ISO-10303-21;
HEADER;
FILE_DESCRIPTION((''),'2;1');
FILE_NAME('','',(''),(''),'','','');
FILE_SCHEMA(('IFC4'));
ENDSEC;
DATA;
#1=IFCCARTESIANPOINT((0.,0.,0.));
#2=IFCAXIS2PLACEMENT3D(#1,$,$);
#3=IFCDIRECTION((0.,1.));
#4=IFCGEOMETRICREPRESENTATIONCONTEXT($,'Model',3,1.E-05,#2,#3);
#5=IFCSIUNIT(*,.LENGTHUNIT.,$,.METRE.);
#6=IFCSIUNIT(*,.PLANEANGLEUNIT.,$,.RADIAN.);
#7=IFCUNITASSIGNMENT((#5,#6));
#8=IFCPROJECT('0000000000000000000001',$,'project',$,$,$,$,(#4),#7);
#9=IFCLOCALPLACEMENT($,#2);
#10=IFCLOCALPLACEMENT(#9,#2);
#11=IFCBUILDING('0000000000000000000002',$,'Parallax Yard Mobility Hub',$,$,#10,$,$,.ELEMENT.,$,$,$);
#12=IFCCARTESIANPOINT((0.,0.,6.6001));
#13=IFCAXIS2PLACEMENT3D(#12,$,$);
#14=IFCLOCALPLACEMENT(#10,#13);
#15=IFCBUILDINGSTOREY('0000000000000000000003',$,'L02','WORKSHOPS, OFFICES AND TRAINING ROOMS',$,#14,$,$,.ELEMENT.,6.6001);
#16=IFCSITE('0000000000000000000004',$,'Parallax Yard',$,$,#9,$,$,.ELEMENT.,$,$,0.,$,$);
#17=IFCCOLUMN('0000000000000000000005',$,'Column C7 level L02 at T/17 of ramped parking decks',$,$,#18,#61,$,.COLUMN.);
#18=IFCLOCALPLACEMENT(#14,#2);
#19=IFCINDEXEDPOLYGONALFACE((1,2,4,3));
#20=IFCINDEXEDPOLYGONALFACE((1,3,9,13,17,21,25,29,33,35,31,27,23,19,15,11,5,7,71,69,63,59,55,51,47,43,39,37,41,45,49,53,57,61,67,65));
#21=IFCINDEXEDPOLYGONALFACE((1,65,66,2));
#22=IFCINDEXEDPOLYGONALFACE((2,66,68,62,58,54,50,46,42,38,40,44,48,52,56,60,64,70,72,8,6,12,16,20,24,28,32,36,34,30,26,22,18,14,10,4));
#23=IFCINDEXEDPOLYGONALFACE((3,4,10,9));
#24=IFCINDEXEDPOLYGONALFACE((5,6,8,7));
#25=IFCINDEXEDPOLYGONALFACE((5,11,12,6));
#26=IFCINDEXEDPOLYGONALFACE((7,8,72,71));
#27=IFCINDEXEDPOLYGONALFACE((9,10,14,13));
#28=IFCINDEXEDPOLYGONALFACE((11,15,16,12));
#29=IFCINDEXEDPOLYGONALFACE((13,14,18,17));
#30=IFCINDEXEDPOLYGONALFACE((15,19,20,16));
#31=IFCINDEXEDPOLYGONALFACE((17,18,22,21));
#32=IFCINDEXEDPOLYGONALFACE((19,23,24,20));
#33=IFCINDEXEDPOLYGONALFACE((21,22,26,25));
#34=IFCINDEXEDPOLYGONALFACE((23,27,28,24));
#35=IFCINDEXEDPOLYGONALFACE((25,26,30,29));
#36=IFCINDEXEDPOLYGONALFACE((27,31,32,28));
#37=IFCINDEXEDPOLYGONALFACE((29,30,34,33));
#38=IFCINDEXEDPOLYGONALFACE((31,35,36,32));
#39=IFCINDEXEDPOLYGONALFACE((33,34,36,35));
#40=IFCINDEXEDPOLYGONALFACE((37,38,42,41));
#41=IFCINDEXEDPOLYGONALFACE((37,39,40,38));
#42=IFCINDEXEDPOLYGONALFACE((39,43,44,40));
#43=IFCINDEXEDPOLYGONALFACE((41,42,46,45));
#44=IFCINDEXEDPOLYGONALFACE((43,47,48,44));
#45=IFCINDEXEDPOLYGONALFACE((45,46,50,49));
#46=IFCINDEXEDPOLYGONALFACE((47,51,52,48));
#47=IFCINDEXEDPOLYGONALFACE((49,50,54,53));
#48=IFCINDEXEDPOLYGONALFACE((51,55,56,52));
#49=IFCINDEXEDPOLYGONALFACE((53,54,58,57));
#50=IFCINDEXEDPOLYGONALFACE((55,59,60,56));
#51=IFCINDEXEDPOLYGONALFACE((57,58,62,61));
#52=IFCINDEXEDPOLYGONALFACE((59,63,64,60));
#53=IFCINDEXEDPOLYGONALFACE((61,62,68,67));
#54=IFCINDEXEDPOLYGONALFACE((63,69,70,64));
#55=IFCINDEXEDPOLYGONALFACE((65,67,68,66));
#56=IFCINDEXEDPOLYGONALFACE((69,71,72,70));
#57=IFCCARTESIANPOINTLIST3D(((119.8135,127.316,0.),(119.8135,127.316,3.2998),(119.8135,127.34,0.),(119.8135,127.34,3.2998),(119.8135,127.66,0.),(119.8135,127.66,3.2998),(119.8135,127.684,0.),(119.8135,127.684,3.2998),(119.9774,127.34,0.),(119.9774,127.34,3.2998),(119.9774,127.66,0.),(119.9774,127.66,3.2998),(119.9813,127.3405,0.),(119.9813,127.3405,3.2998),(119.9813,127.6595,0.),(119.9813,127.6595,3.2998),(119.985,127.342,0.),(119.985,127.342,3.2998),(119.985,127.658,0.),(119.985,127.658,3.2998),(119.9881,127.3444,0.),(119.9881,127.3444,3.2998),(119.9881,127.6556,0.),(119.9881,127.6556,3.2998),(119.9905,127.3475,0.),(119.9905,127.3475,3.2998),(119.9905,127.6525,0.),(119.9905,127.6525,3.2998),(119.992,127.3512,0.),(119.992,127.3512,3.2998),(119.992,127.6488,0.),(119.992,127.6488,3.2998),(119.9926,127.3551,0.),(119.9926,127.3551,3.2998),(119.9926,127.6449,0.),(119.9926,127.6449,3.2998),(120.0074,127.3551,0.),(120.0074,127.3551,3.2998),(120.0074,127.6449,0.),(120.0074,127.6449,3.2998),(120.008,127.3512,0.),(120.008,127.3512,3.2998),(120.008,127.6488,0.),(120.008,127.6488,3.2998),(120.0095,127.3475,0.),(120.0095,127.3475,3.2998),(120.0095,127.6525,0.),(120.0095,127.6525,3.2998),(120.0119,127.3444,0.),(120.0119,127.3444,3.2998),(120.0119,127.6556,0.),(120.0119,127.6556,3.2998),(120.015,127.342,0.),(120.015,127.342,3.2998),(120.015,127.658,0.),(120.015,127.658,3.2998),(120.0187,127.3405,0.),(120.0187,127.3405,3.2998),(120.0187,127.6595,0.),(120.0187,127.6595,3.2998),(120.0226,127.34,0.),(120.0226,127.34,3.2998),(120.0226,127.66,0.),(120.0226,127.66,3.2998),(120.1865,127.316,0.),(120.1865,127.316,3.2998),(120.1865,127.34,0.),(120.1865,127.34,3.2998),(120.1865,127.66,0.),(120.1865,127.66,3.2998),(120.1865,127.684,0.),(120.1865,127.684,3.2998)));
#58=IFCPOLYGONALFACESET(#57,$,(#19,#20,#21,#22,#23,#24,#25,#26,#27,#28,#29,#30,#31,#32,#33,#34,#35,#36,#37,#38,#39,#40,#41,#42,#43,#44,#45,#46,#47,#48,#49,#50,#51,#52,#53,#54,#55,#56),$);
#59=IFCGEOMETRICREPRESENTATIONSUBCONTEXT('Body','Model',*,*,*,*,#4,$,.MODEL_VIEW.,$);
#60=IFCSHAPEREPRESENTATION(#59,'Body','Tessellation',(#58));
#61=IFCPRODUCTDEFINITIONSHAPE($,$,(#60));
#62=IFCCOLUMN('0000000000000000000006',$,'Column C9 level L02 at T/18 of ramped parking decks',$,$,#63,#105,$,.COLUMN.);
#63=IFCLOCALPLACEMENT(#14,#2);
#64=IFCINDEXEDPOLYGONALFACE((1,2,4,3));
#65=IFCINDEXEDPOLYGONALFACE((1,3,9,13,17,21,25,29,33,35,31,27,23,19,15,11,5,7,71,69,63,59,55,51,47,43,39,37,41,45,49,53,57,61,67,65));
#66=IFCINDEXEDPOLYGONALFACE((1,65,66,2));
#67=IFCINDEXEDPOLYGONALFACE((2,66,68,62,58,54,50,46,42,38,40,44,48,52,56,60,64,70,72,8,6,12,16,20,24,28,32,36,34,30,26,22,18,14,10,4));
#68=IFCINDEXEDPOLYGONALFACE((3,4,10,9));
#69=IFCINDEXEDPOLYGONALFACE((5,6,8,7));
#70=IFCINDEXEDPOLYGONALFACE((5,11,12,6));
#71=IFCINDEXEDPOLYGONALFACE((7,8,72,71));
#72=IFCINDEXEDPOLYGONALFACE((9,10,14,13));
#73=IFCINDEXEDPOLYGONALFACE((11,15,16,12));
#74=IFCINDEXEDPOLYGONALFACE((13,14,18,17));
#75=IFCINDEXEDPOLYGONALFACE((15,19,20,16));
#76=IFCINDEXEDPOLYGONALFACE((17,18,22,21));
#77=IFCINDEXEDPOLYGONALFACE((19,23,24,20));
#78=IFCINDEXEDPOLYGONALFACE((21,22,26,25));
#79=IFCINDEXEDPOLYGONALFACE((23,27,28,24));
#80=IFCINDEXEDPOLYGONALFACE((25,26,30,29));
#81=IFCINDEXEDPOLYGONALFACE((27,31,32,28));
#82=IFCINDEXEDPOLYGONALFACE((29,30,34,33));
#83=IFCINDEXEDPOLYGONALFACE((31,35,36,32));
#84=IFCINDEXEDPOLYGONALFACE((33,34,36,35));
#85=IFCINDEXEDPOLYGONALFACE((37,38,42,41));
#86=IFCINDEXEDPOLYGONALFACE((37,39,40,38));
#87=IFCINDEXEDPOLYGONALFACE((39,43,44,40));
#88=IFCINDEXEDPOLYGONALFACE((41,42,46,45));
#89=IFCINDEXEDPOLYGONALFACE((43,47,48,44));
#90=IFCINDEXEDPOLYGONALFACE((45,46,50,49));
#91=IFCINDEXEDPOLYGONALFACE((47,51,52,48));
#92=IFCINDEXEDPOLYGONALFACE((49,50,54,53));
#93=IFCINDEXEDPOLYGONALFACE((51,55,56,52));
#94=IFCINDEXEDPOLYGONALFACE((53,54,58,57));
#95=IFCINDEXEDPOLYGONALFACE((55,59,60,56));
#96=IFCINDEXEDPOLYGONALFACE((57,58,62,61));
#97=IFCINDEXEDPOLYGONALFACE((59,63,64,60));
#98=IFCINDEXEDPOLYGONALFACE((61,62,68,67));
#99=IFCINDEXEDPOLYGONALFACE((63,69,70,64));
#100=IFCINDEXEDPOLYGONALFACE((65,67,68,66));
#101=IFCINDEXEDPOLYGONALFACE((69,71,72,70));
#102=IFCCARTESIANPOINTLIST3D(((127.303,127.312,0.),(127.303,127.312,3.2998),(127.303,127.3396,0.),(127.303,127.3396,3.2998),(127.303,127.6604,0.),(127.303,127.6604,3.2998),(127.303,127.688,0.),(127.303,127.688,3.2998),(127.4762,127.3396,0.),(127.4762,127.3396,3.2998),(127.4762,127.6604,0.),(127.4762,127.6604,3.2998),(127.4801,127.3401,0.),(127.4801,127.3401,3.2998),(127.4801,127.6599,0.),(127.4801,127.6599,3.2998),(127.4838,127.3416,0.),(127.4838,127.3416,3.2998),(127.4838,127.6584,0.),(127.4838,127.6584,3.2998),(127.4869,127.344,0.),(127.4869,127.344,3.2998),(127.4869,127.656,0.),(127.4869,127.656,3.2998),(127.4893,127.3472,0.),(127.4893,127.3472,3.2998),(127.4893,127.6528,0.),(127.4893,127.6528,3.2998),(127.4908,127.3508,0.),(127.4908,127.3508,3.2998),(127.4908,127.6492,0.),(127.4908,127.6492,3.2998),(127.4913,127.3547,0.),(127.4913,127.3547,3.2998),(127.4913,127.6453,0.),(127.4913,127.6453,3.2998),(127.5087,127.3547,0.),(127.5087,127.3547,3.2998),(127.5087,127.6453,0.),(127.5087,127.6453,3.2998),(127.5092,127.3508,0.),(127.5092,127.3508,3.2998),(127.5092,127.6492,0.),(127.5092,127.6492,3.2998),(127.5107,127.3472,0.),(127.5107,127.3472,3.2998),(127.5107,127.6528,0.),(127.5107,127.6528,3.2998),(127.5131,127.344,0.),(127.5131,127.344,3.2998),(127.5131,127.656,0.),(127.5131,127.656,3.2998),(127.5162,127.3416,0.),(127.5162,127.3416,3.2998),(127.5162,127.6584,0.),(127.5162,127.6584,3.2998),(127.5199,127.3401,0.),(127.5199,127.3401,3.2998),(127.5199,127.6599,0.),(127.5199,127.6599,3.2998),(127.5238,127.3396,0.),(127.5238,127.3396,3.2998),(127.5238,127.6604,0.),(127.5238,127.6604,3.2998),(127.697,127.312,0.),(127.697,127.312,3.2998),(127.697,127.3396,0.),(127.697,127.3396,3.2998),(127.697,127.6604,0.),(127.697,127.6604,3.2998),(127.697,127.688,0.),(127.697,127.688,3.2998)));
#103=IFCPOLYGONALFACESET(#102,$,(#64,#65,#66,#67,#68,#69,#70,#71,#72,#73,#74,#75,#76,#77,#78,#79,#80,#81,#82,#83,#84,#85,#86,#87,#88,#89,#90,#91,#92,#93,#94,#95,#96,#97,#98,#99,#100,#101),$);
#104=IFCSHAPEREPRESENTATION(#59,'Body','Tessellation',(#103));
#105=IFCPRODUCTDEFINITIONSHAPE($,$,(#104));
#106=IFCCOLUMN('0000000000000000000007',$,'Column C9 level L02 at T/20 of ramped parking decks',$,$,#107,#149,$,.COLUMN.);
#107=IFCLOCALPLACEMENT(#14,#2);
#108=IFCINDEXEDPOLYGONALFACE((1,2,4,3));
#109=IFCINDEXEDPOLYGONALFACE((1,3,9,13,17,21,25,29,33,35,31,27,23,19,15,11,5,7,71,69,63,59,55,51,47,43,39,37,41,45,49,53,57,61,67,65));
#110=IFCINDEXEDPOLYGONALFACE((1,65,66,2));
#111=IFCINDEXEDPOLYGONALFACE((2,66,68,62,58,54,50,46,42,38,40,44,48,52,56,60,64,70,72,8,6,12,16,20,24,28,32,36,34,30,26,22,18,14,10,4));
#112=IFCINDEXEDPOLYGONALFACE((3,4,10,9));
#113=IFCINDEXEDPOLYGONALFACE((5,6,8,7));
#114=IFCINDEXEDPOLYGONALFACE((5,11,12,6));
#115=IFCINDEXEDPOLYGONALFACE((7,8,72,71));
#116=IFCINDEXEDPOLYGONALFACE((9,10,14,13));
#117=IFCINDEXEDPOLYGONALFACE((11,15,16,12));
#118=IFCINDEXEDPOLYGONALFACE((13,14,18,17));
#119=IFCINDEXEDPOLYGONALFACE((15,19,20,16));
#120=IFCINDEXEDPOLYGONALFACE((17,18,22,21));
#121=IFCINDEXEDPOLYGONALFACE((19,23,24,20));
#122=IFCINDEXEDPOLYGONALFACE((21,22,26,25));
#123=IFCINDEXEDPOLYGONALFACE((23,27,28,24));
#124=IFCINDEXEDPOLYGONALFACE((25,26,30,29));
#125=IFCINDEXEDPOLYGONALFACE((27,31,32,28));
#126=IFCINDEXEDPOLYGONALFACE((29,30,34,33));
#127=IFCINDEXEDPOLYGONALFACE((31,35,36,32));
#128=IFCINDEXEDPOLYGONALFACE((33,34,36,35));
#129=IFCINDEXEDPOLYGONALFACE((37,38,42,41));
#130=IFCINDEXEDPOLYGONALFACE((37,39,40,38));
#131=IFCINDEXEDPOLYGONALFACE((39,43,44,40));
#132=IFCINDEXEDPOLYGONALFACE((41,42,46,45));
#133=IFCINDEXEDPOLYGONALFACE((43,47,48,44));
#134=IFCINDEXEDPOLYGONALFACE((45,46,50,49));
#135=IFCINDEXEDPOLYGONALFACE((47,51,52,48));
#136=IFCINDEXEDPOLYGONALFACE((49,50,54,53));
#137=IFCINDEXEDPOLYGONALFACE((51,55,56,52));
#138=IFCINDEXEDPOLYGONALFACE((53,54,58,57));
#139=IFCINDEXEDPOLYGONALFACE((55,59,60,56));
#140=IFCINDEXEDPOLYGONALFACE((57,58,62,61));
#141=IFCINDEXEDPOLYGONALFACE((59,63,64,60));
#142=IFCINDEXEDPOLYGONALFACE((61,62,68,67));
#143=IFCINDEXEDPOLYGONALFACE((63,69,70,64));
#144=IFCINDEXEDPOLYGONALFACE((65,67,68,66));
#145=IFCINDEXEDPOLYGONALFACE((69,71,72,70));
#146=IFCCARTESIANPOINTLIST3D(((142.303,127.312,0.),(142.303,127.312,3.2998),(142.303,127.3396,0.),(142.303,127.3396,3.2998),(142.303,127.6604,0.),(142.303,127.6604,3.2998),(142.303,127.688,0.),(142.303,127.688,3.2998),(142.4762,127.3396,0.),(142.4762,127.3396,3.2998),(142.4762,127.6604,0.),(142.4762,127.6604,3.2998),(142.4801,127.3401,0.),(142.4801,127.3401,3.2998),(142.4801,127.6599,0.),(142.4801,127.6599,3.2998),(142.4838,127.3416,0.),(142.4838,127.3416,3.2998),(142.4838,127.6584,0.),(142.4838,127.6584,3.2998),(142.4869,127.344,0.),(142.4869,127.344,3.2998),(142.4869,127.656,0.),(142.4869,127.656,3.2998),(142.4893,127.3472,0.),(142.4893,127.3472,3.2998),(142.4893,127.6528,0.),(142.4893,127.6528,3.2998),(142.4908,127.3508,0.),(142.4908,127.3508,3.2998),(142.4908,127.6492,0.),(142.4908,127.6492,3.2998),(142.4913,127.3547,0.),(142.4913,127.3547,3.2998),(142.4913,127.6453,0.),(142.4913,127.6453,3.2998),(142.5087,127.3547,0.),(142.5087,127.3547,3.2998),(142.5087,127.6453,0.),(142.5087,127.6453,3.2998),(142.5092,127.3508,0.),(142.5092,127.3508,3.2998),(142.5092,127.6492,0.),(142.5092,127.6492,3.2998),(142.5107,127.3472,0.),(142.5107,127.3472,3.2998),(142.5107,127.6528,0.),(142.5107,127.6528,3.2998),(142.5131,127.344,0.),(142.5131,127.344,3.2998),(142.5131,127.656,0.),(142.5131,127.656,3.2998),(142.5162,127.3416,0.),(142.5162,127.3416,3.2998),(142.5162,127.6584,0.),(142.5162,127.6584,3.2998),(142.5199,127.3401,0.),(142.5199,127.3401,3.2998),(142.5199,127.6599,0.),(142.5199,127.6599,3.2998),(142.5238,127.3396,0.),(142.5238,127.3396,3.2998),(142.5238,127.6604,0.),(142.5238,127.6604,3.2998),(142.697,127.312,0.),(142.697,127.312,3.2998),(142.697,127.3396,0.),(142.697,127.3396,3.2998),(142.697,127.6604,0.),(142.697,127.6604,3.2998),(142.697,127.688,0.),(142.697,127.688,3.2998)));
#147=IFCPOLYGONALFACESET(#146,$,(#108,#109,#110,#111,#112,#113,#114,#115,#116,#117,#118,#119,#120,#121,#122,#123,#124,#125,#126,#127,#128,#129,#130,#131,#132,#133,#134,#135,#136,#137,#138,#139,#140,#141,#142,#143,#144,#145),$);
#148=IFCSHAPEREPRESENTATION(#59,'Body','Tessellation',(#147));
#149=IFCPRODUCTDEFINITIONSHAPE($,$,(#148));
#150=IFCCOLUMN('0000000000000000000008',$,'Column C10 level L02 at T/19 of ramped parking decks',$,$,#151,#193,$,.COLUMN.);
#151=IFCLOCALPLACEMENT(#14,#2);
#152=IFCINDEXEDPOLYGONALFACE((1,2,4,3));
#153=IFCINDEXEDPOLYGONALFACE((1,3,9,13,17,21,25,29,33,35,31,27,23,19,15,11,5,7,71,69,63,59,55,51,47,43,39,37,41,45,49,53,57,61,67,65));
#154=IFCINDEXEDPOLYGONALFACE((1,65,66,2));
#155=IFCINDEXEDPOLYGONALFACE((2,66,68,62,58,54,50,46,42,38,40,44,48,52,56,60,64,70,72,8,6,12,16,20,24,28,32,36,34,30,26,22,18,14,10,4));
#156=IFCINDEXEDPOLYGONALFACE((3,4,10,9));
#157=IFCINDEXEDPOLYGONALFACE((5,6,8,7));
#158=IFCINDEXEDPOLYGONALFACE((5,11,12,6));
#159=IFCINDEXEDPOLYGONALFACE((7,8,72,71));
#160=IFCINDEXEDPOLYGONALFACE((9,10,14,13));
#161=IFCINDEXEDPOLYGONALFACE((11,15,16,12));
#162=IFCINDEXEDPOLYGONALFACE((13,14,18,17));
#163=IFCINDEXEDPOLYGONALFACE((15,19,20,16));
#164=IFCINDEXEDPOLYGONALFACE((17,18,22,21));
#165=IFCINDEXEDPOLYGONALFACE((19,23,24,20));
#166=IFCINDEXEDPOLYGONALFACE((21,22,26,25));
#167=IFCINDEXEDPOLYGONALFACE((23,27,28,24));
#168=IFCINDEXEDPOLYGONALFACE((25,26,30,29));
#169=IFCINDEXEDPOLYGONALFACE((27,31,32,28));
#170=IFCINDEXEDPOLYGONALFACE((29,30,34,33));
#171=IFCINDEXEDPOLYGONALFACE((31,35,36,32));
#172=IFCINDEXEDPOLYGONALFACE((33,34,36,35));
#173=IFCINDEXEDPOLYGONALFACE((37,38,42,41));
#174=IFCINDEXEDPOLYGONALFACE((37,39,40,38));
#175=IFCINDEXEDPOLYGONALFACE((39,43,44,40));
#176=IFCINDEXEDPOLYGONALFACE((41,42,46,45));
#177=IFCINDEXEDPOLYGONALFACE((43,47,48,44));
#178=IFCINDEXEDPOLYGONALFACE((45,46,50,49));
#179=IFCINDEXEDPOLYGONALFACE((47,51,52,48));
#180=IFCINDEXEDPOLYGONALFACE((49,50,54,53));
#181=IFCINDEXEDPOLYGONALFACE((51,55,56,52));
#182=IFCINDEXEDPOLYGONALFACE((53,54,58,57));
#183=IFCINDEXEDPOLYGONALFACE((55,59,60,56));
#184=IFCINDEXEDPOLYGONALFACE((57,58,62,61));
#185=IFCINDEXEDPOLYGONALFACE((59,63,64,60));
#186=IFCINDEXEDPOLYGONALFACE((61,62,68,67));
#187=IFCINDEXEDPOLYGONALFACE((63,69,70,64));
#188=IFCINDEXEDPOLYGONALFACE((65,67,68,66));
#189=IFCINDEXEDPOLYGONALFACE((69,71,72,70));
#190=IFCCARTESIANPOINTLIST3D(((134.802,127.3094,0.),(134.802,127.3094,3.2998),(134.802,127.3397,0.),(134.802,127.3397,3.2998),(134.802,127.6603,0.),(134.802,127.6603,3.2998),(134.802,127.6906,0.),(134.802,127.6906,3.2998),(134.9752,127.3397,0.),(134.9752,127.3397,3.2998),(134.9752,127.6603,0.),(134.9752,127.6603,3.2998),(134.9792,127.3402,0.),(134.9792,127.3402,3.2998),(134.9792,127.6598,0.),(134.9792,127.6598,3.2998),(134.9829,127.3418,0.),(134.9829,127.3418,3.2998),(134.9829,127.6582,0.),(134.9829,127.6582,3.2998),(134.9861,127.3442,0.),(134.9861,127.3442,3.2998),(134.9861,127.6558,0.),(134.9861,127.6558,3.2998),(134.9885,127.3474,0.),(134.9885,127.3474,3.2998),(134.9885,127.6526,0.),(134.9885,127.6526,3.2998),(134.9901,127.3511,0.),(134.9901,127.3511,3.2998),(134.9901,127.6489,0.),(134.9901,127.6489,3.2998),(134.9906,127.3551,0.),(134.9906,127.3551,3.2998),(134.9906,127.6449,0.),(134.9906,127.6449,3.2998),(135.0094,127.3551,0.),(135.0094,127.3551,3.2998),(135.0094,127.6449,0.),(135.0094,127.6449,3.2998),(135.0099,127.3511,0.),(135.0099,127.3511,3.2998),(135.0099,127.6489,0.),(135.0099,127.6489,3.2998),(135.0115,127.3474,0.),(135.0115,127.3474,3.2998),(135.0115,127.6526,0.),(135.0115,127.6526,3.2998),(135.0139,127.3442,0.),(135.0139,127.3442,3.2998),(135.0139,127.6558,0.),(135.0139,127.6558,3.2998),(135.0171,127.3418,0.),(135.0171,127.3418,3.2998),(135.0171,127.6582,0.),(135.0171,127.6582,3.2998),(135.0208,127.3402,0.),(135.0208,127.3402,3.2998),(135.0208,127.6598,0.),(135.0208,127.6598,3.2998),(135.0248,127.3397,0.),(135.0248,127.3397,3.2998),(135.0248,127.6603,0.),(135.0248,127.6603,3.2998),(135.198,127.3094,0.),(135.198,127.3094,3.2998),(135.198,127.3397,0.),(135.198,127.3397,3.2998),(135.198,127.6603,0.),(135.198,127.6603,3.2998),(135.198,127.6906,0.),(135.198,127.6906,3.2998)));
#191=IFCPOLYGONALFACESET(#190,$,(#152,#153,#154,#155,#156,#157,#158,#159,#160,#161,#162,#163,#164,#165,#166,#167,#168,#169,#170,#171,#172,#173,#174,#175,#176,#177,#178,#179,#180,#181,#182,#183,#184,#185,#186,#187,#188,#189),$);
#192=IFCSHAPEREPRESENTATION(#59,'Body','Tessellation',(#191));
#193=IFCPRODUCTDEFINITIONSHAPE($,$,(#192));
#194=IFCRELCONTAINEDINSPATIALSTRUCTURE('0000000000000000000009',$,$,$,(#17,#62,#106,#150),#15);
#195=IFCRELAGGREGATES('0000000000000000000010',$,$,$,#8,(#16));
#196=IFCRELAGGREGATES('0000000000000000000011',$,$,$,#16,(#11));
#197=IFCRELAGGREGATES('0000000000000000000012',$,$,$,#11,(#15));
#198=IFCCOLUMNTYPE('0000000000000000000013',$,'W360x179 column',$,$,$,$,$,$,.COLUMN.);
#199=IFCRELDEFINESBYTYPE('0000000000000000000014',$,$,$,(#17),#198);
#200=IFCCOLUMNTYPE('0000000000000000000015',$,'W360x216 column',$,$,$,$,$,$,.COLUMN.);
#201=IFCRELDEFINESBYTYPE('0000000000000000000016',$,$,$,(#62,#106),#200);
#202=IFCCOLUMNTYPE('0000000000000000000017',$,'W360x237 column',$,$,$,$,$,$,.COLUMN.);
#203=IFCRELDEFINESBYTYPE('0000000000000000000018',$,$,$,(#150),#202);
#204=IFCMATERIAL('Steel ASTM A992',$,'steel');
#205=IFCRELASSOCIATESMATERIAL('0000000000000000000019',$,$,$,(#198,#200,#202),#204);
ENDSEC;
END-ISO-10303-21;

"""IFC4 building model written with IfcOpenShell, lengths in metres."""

from ifc_helpers import new_model, si_unit, direction, frame, origin, origin_2d, place, context, subcontext, project, spatial, i_section, extrude, material, material_profile, profile_set, type_object, element, save


model = new_model("IFC4")

# Units and contexts
model_context = context("Model", 3, precision=1e-05, world=origin(), true_north=direction((0.0, 1.0)))
body_context = subcontext(model_context, "Body", "Model", "MODEL_VIEW")
ifc_project = project(units=[si_unit("LENGTHUNIT", "METRE"), si_unit("PLANEANGLEUNIT", "RADIAN")], contexts=[model_context])

# Site, building, storey
site_placement = place(None, origin())
site = spatial("IfcSite", under=ifc_project, at=site_placement, Name="Parallax Yard", CompositionType="ELEMENT", RefElevation=0.0)
building_placement = place(site_placement, origin())
building = spatial("IfcBuilding", under=site, at=building_placement, Name="Parallax Yard Mobility Hub", CompositionType="ELEMENT")
storey_placement = place(building_placement, frame((0.0, 0.0, 6.6001)))
storey = spatial("IfcBuildingStorey", under=building, at=storey_placement, Name="L02", Description="WORKSHOPS, OFFICES AND TRAINING ROOMS", CompositionType="ELEMENT", Elevation=6.6001)

# Columns
ifc_material_1 = material(Name="Steel ASTM A992", Category="steel")
ifc_material_profile_1 = material_profile(ifc_material_1, i_section(OverallWidth=0.373, OverallDepth=0.3679, WebThickness=0.0149, FlangeThickness=0.0239, FilletRadius=0.0151, at=origin_2d()), Name="W360x179")
ifc_profile_set_1 = profile_set([ifc_material_profile_1], Name="Steel ASTM A992")
column_type_1 = type_object("IfcColumnType", Name="W360x179 column", PredefinedType="COLUMN", material=ifc_profile_set_1)
column_1_placement = place(storey_placement, frame((120.0, 127.5, 0.0), z_axis=(0.0, 0.0, 1.0), x_axis=(1.0, 0.0, 0.0)))
element("IfcColumn", 1, at=column_1_placement, inside=storey, type_object=column_type_1, Name="Column C7 level L02 at T/17 of ramped parking decks", PredefinedType="COLUMN", context=body_context, shape_type="SweptSolid", body=[
    extrude(i_section(OverallWidth=0.373, OverallDepth=0.3679, WebThickness=0.0149, FlangeThickness=0.0239, FilletRadius=0.0151, at=origin_2d()), origin(), (0.0, 0.0, 1.0), 3.2998),
])
ifc_material_profile_2 = material_profile(ifc_material_1, i_section(OverallWidth=0.394, OverallDepth=0.376, WebThickness=0.0173, FlangeThickness=0.0276, FilletRadius=0.0151, at=origin_2d()), Name="W360x216")
ifc_profile_set_2 = profile_set([ifc_material_profile_2], Name="Steel ASTM A992")
column_type_2 = type_object("IfcColumnType", Name="W360x216 column", PredefinedType="COLUMN", material=ifc_profile_set_2)
for number, where, z_axis, x_axis, name in (
    (2, (127.5, 127.5, 0.0), (0.0, 0.0, 1.0), (1.0, 0.0, 0.0), "Column C9 level L02 at T/18 of ramped parking decks"),
    (3, (142.5, 127.5, 0.0), (0.0, 0.0, 1.0), (1.0, 0.0, 0.0), "Column C9 level L02 at T/20 of ramped parking decks"),
):
    element("IfcColumn", number, at=place(storey_placement, frame(where, z_axis=z_axis, x_axis=x_axis)), inside=storey, type_object=column_type_2, Name=name, PredefinedType="COLUMN", context=body_context, shape_type="SweptSolid", body=[
        extrude(i_section(OverallWidth=0.394, OverallDepth=0.376, WebThickness=0.0173, FlangeThickness=0.0276, FilletRadius=0.0151, at=origin_2d()), origin(), (0.0, 0.0, 1.0), 3.2998),
    ])
ifc_material_profile_3 = material_profile(ifc_material_1, i_section(OverallWidth=0.396, OverallDepth=0.3811, WebThickness=0.0188, FlangeThickness=0.0303, FilletRadius=0.0154, at=origin_2d()), Name="W360x237")
ifc_profile_set_3 = profile_set([ifc_material_profile_3], Name="Steel ASTM A992")
column_type_3 = type_object("IfcColumnType", Name="W360x237 column", PredefinedType="COLUMN", material=ifc_profile_set_3)
column_2_placement = place(storey_placement, frame((135.0, 127.5, 0.0), z_axis=(0.0, 0.0, 1.0), x_axis=(1.0, 0.0, 0.0)))
element("IfcColumn", 4, at=column_2_placement, inside=storey, type_object=column_type_3, Name="Column C10 level L02 at T/19 of ramped parking decks", PredefinedType="COLUMN", context=body_context, shape_type="SweptSolid", body=[
    extrude(i_section(OverallWidth=0.396, OverallDepth=0.3811, WebThickness=0.0188, FlangeThickness=0.0303, FilletRadius=0.0154, at=origin_2d()), origin(), (0.0, 0.0, 1.0), 3.2998),
])

save(model, "model.ifc")
